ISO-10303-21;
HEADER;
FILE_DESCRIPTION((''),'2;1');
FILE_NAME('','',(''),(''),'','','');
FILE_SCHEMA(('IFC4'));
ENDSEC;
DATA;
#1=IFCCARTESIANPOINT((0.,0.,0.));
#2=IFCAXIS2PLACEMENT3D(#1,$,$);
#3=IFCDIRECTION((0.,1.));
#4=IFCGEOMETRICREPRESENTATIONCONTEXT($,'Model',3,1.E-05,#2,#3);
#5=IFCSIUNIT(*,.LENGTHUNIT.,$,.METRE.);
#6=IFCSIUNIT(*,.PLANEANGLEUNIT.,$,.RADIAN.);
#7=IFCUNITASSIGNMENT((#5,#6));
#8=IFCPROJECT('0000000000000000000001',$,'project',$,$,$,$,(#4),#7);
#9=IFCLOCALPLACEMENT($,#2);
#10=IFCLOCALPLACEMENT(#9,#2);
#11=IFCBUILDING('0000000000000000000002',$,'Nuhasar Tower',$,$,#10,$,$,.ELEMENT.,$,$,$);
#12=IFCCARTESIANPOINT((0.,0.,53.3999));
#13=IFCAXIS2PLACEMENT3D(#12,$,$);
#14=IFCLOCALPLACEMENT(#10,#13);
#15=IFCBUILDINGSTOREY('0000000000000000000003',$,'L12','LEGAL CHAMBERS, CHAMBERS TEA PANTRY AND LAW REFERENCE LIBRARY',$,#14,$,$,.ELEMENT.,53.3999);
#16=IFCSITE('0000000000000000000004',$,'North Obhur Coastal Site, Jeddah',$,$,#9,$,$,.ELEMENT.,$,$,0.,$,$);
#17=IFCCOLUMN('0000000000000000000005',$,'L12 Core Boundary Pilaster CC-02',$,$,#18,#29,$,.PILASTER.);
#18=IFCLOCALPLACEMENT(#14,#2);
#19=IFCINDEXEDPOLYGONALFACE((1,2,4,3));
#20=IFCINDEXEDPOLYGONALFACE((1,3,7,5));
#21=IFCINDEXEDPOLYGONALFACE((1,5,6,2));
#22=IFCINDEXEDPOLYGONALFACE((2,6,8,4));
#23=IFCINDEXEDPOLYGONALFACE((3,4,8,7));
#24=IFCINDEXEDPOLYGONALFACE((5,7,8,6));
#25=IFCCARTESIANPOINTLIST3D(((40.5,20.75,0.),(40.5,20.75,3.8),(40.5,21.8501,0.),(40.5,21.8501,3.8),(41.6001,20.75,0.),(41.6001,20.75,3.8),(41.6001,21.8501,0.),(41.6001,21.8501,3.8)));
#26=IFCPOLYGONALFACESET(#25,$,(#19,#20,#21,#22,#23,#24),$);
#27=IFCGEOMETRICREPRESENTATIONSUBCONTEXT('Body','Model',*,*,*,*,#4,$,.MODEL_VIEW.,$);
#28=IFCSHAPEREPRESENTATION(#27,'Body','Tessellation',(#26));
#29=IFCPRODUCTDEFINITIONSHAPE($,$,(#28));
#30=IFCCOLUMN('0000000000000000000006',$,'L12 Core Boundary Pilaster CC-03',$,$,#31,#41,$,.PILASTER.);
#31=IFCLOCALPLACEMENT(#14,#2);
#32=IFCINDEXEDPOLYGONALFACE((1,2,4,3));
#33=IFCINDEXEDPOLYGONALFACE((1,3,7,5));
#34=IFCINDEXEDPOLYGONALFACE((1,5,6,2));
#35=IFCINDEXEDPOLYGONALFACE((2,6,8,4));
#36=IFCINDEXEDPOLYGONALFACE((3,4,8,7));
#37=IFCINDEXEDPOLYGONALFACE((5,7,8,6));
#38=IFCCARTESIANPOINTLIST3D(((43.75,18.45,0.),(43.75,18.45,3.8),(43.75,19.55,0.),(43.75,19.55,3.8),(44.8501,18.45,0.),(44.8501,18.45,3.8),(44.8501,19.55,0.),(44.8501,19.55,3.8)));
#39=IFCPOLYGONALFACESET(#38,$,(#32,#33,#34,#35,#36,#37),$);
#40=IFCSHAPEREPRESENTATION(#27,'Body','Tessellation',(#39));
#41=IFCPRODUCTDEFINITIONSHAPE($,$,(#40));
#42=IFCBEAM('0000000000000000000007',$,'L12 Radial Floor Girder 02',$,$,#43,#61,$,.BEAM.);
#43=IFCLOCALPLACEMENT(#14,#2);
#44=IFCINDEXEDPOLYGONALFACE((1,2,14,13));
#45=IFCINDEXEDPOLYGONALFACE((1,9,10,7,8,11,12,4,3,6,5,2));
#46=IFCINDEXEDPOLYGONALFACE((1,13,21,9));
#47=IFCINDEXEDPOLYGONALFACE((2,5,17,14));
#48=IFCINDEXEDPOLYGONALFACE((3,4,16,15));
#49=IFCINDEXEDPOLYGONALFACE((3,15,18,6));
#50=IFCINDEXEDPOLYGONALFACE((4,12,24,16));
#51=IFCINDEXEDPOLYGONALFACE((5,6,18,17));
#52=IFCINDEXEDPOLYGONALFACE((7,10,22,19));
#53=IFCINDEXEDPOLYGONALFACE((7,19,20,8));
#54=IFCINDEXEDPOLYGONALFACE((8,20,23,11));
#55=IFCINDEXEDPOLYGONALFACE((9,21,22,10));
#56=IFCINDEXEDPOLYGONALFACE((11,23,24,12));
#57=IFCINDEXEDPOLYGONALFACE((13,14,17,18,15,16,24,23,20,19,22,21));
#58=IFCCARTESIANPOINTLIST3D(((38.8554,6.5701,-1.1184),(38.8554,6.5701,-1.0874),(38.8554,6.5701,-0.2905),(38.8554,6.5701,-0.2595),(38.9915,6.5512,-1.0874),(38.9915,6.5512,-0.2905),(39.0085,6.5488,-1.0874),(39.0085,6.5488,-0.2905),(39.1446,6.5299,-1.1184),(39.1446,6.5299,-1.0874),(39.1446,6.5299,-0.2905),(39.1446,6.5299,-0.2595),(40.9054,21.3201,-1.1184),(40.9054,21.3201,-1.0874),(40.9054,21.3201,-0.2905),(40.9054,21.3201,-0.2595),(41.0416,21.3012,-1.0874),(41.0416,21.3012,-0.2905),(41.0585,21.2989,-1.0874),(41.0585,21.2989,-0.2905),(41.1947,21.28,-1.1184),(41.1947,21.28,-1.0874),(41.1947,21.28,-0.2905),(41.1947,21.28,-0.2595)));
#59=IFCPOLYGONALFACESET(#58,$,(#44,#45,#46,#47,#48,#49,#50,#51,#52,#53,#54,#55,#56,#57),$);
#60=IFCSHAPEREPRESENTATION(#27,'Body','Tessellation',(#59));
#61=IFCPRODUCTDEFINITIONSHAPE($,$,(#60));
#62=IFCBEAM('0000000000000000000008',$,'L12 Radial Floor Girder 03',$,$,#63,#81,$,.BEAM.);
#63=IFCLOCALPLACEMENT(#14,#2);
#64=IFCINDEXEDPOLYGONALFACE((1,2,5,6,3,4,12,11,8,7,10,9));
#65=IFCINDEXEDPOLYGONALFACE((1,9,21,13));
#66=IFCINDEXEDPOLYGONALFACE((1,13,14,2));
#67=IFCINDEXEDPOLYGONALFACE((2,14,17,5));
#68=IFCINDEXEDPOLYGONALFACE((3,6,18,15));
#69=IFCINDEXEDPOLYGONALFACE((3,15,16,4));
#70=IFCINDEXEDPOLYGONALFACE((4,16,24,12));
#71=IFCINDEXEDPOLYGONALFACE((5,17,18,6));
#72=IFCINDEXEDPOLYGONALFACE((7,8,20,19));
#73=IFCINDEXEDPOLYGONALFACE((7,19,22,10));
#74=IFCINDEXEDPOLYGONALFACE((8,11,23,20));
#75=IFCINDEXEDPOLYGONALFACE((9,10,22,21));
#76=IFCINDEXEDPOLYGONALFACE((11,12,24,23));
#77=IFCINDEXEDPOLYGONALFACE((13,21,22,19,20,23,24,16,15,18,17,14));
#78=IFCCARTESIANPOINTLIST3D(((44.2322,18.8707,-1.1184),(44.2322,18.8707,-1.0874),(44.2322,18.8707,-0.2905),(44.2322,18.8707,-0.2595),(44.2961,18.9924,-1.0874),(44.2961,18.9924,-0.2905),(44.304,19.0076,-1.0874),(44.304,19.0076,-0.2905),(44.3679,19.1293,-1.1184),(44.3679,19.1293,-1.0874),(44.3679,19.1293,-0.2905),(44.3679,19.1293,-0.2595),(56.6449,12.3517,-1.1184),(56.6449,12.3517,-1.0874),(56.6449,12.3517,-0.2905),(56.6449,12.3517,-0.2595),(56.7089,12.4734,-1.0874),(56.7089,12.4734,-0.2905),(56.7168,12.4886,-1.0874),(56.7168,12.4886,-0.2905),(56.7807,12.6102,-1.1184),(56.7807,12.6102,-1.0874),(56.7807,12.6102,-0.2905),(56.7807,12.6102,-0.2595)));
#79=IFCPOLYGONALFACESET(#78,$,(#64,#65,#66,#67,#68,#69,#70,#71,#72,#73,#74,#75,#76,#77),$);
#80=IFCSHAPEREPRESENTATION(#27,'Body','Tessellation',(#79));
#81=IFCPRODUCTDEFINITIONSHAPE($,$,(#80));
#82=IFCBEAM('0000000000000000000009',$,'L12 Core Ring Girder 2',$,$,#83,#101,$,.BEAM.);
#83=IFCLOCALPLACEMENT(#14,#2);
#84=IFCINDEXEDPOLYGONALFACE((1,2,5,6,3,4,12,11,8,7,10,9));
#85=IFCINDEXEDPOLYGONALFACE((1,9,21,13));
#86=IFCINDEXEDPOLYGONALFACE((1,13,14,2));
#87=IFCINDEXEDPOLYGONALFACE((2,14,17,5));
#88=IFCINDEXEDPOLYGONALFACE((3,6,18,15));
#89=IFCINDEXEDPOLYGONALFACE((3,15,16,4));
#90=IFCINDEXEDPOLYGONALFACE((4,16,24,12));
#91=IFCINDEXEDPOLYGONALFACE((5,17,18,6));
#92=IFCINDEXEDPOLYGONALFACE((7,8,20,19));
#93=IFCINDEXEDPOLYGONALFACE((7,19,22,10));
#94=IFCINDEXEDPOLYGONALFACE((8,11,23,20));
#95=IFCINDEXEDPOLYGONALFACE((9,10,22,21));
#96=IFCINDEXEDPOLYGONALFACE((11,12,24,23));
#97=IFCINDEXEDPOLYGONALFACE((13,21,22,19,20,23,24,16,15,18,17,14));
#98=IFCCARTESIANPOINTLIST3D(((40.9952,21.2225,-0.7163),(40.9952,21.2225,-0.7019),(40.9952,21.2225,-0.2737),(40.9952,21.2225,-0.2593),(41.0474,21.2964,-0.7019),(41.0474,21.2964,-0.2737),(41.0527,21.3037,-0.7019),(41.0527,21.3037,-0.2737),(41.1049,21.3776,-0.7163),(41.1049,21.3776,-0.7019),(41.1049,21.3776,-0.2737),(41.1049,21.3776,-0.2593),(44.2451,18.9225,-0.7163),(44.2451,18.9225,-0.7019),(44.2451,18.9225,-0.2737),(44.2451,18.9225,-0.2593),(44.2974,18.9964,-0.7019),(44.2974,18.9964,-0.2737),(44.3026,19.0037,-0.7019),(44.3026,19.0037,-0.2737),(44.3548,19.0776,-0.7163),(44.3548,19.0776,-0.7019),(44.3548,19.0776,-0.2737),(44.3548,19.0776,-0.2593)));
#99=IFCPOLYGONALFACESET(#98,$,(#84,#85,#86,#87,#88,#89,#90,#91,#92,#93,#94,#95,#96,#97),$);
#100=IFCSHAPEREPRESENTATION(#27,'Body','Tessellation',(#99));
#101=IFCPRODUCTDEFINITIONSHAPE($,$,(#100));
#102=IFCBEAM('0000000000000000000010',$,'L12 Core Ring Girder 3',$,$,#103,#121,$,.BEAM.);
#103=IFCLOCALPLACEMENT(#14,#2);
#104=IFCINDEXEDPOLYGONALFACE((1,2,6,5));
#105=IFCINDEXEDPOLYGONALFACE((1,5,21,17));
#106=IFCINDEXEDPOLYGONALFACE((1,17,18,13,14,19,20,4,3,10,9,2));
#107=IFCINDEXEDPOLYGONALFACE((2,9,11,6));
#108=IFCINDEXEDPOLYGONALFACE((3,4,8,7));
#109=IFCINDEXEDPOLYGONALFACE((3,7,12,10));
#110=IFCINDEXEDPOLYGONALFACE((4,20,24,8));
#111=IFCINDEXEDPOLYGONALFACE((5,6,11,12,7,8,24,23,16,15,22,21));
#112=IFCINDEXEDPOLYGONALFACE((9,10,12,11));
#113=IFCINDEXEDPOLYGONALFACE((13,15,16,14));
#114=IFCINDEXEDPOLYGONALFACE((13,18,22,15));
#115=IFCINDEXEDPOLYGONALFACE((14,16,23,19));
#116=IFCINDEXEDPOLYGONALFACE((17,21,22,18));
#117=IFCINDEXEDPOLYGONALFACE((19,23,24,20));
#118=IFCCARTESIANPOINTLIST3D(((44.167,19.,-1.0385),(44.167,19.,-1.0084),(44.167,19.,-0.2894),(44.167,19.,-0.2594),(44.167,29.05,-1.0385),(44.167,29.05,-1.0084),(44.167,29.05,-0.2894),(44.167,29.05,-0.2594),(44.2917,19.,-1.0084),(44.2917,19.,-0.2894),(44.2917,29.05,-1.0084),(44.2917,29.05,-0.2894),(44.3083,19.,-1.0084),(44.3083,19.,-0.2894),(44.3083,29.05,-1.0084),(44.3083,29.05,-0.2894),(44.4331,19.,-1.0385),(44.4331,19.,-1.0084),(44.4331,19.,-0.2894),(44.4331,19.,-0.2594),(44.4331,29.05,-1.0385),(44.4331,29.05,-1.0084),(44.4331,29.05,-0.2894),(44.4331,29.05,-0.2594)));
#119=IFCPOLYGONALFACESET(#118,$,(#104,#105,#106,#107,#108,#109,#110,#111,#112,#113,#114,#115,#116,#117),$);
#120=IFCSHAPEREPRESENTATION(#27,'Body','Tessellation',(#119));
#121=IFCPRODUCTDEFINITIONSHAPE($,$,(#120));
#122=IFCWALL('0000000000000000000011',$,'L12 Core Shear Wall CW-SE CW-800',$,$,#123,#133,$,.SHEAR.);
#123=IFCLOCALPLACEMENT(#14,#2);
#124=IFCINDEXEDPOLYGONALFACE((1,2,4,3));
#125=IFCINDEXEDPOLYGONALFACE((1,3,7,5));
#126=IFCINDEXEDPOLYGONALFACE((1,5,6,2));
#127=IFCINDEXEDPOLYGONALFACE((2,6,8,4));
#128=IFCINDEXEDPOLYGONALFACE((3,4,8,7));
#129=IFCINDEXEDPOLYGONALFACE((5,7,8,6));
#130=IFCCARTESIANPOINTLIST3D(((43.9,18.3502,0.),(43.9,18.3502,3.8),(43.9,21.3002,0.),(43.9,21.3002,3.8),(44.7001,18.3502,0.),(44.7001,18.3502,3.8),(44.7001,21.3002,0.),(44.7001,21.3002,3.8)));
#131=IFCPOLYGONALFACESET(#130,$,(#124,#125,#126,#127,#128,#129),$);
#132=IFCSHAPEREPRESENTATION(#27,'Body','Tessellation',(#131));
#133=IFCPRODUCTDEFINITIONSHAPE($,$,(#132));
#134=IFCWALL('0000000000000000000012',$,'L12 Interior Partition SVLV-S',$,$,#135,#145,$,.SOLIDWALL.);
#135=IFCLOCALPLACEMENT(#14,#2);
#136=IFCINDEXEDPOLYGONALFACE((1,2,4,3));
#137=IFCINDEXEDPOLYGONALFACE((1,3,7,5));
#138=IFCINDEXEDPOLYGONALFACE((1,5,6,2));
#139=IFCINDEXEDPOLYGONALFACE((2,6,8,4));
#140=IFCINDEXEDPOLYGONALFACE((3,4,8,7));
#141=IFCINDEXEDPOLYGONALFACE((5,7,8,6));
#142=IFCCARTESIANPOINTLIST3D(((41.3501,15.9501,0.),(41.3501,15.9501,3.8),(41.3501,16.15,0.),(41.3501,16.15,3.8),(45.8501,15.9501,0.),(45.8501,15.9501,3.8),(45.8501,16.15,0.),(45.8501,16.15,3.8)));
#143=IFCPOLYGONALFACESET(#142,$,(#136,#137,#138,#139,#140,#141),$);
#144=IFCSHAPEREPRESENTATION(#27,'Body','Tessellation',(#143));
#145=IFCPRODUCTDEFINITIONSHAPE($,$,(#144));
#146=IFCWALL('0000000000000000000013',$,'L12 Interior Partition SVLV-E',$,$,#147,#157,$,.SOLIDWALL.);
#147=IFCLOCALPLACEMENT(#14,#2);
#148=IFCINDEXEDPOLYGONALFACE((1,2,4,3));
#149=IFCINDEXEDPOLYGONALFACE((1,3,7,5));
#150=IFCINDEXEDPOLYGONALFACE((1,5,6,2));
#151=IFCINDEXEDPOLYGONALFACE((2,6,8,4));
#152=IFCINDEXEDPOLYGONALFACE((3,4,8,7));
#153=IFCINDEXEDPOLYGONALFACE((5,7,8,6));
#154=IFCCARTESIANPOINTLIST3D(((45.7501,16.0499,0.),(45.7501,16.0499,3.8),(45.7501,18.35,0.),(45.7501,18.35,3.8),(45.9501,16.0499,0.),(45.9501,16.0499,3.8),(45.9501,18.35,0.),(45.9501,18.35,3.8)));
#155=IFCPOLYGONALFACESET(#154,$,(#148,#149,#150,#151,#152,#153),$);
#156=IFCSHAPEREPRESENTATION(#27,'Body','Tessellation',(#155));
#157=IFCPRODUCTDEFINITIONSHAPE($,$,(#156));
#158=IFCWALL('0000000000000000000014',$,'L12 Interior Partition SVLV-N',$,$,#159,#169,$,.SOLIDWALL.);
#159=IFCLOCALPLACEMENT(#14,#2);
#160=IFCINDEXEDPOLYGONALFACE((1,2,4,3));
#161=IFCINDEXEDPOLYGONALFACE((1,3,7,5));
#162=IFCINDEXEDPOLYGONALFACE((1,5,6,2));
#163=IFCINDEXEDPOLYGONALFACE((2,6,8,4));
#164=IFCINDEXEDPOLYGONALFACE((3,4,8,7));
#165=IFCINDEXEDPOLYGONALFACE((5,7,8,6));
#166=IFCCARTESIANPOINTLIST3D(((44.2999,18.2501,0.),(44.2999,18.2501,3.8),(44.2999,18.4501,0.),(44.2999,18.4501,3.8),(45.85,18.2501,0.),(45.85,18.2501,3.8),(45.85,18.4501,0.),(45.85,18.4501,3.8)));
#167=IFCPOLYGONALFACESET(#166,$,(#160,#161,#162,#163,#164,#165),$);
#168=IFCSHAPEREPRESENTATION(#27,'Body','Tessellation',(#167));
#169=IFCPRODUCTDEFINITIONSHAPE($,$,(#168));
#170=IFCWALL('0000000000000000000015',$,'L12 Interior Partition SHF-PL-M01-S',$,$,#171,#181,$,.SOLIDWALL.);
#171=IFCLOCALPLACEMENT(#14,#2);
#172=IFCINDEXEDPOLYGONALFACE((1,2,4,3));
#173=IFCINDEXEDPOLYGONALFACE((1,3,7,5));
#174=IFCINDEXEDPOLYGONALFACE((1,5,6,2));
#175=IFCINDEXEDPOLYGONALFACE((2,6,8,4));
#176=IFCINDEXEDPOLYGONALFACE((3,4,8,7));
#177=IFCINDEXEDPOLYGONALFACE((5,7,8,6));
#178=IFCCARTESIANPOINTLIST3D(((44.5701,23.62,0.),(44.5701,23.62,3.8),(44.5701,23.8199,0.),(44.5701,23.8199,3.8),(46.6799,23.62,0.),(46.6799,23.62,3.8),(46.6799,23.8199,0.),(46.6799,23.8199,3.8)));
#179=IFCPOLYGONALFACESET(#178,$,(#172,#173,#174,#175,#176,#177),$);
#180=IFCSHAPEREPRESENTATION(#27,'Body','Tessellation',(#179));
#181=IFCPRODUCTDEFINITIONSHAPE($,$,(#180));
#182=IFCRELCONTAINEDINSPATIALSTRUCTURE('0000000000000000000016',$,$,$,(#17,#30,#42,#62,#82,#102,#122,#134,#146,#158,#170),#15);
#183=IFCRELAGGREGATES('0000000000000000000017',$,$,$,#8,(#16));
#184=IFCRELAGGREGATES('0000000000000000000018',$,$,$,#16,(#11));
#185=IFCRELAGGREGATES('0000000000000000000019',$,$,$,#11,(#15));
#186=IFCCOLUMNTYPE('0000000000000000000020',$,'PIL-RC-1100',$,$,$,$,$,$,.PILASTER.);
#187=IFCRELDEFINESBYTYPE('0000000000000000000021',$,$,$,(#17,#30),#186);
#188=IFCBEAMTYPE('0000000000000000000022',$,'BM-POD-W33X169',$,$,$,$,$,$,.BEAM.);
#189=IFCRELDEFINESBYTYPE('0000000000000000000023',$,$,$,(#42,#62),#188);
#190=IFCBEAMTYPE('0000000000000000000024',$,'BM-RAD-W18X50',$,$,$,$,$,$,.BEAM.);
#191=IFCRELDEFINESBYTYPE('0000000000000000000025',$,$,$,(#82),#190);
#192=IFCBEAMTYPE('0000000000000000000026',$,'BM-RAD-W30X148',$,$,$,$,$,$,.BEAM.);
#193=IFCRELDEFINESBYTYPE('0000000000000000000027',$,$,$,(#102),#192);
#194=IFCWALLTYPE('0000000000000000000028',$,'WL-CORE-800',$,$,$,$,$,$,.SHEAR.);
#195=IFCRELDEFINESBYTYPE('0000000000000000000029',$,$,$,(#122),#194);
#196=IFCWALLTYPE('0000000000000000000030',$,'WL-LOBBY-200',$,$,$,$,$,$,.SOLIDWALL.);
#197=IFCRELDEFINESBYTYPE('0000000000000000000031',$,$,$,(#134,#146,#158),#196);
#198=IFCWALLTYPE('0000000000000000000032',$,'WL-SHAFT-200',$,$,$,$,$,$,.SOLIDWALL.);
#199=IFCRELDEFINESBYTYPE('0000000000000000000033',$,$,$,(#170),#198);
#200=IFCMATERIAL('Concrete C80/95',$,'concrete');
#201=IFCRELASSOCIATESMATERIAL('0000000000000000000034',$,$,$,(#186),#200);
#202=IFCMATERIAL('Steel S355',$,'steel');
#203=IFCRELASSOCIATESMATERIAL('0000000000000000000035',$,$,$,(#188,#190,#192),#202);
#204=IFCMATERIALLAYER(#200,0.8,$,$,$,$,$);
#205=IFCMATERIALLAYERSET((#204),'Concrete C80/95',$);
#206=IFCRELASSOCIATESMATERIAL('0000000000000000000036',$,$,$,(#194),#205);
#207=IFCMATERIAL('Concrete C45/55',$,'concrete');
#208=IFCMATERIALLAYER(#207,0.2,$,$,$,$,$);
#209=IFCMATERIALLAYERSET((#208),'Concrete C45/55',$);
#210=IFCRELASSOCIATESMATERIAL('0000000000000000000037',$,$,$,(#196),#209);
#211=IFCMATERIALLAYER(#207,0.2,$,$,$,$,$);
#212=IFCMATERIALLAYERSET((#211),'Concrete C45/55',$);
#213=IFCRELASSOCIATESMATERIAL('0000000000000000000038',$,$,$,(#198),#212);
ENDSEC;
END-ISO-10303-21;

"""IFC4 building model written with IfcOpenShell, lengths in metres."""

from ifc_helpers import new_model, si_unit, direction, frame, frame_2d, origin, origin_2d, place, context, subcontext, project, spatial, rectangle, i_section, extrude, material, layer, layer_set, material_profile, profile_set, type_object, element, save


model = new_model("IFC4")

# Units and contexts
model_context = context("Model", 3, precision=1e-05, world=origin(), true_north=direction((0.0, 1.0)))
body_context = subcontext(model_context, "Body", "Model", "MODEL_VIEW")
ifc_project = project(units=[si_unit("LENGTHUNIT", "METRE"), si_unit("PLANEANGLEUNIT", "RADIAN")], contexts=[model_context])

# Site, building, storey
site_placement = place(None, origin())
site = spatial("IfcSite", under=ifc_project, at=site_placement, Name="North Obhur Coastal Site, Jeddah", CompositionType="ELEMENT", RefElevation=0.0)
building_placement = place(site_placement, origin())
building = spatial("IfcBuilding", under=site, at=building_placement, Name="Nuhasar Tower", CompositionType="ELEMENT")
storey_placement = place(building_placement, frame((0.0, 0.0, 53.3999)))
storey = spatial("IfcBuildingStorey", under=building, at=storey_placement, Name="L12", Description="LEGAL CHAMBERS, CHAMBERS TEA PANTRY AND LAW REFERENCE LIBRARY", CompositionType="ELEMENT", Elevation=53.3999)

# Columns
ifc_material_1 = material(Name="Concrete C80/95", Category="concrete")
ifc_material_profile_1 = material_profile(ifc_material_1, rectangle(XDim=1.1001, YDim=1.1001, at=origin_2d()), Name="RC1100X1100")
ifc_profile_set_1 = profile_set([ifc_material_profile_1], Name="Concrete C80/95")
column_type = type_object("IfcColumnType", Name="PIL-RC-1100", PredefinedType="PILASTER", material=ifc_profile_set_1)
for number, where, z_axis, x_axis, name in (
    (1, (41.05, 21.3, 0.0), (0.0, 0.0, 1.0), (1.0, 0.0, 0.0), "L12 Core Boundary Pilaster CC-02"),
    (2, (44.3, 19.0, 0.0), (0.0, 0.0, 1.0), (1.0, 0.0, 0.0), "L12 Core Boundary Pilaster CC-03"),
):
    element("IfcColumn", number, at=place(storey_placement, frame(where, z_axis=z_axis, x_axis=x_axis)), inside=storey, type_object=column_type, Name=name, PredefinedType="PILASTER", context=body_context, shape_type="SweptSolid", body=[
        extrude(rectangle(XDim=1.1001, YDim=1.1001, at=origin_2d()), origin(), (0.0, 0.0, 1.0), 3.8),
    ])

# Beams
ifc_material_2 = material(Name="Steel S355", Category="steel")
ifc_material_profile_2 = material_profile(ifc_material_2, i_section(OverallWidth=0.292, OverallDepth=0.8589, WebThickness=0.0171, FlangeThickness=0.031, at=origin_2d()), Name="W33X169")
ifc_profile_set_2 = profile_set([ifc_material_profile_2], Name="Steel S355")
beam_type_1 = type_object("IfcBeamType", Name="BM-POD-W33X169", PredefinedType="BEAM", material=ifc_profile_set_2)
beam_1_placement = place(storey_placement, frame((41.05, 21.3, -0.689), z_axis=(-0.137663, -0.990479, 0.0), x_axis=(0.990479, -0.137663, 0.0)))
element("IfcBeam", 3, at=beam_1_placement, inside=storey, type_object=beam_type_1, Name="L12 Radial Floor Girder 02", PredefinedType="BEAM", context=body_context, shape_type="SweptSolid", body=[
    extrude(i_section(OverallWidth=0.292, OverallDepth=0.8589, WebThickness=0.0171, FlangeThickness=0.031, at=origin_2d()), origin(), (0.0, 0.0, 1.0), 14.8918),
])
beam_2_placement = place(storey_placement, frame((44.3, 19.0, -0.689), z_axis=(0.88533, -0.464963, 0.0), x_axis=(0.464963, 0.88533, 0.0)))
element("IfcBeam", 4, at=beam_2_placement, inside=storey, type_object=beam_type_1, Name="L12 Radial Floor Girder 03", PredefinedType="BEAM", context=body_context, shape_type="SweptSolid", body=[
    extrude(i_section(OverallWidth=0.292, OverallDepth=0.8589, WebThickness=0.0171, FlangeThickness=0.031, at=origin_2d()), origin(), (0.0, 0.0, 1.0), 14.0205),
])
ifc_material_profile_3 = material_profile(ifc_material_2, i_section(OverallWidth=0.1899, OverallDepth=0.457, WebThickness=0.009, FlangeThickness=0.0144, at=origin_2d()), Name="W18X50")
ifc_profile_set_3 = profile_set([ifc_material_profile_3], Name="Steel S355")
beam_type_2 = type_object("IfcBeamType", Name="BM-RAD-W18X50", PredefinedType="BEAM", material=ifc_profile_set_3)
beam_3_placement = place(storey_placement, frame((41.05, 21.3, -0.4878), z_axis=(0.816265, -0.577677, 0.0), x_axis=(0.577677, 0.816265, 0.0)))
element("IfcBeam", 5, at=beam_3_placement, inside=storey, type_object=beam_type_2, Name="L12 Core Ring Girder 2", PredefinedType="BEAM", context=body_context, shape_type="SweptSolid", body=[
    extrude(i_section(OverallWidth=0.1899, OverallDepth=0.457, WebThickness=0.009, FlangeThickness=0.0144, at=origin_2d()), origin(), (0.0, 0.0, 1.0), 3.9814),
])
ifc_material_profile_4 = material_profile(ifc_material_2, i_section(OverallWidth=0.2661, OverallDepth=0.7791, WebThickness=0.0166, FlangeThickness=0.03, at=origin_2d()), Name="W30X148")
ifc_profile_set_4 = profile_set([ifc_material_profile_4], Name="Steel S355")
beam_type_3 = type_object("IfcBeamType", Name="BM-RAD-W30X148", PredefinedType="BEAM", material=ifc_profile_set_4)
beam_4_placement = place(storey_placement, frame((44.3, 19.0, -0.6489), z_axis=(0.0, 1.0, 0.0), x_axis=(-1.0, 0.0, 0.0)))
element("IfcBeam", 6, at=beam_4_placement, inside=storey, type_object=beam_type_3, Name="L12 Core Ring Girder 3", PredefinedType="BEAM", context=body_context, shape_type="SweptSolid", body=[
    extrude(i_section(OverallWidth=0.2661, OverallDepth=0.7791, WebThickness=0.0166, FlangeThickness=0.03, at=origin_2d()), origin(), (0.0, 0.0, 1.0), 10.05),
])

# Wall
ifc_layer_1 = layer(ifc_material_1, 0.8)
ifc_layer_set_1 = layer_set([ifc_layer_1], Name="Concrete C80/95")
wall_type_1 = type_object("IfcWallType", Name="WL-CORE-800", PredefinedType="SHEAR", material=ifc_layer_set_1)
wall_1_placement = place(storey_placement, frame((44.3, 18.3501, 0.0), z_axis=(0.0, 0.0, 1.0), x_axis=(0.0, 1.0, 0.0)))
element("IfcWall", 7, at=wall_1_placement, inside=storey, type_object=wall_type_1, Name="L12 Core Shear Wall CW-SE CW-800", PredefinedType="SHEAR", context=body_context, shape_type="SweptSolid", body=[
    extrude(rectangle(XDim=2.95, YDim=0.8, at=frame_2d((1.4751, 0.0))), origin(), (0.0, 0.0, 1.0), 3.8),
])

# Shared definitions
ifc_material_3 = material(Name="Concrete C45/55", Category="concrete")
ifc_layer_2 = layer(ifc_material_3, 0.2)
ifc_layer_set_2 = layer_set([ifc_layer_2], Name="Concrete C45/55")
wall_type_2 = type_object("IfcWallType", Name="WL-LOBBY-200", PredefinedType="SOLIDWALL", material=ifc_layer_set_2)

# Walls
wall_2_placement = place(storey_placement, frame((41.3501, 16.05, 0.0), z_axis=(0.0, 0.0, 1.0), x_axis=(1.0, 0.0, 0.0)))
element("IfcWall", 8, at=wall_2_placement, inside=storey, type_object=wall_type_2, Name="L12 Interior Partition SVLV-S", PredefinedType="SOLIDWALL", context=body_context, shape_type="SweptSolid", body=[
    extrude(rectangle(XDim=4.5, YDim=0.2, at=frame_2d((2.25, 0.0))), origin(), (0.0, 0.0, 1.0), 3.8),
])
wall_3_placement = place(storey_placement, frame((45.8501, 16.05, 0.0), z_axis=(0.0, 0.0, 1.0), x_axis=(0.0, 1.0, 0.0)))
element("IfcWall", 9, at=wall_3_placement, inside=storey, type_object=wall_type_2, Name="L12 Interior Partition SVLV-E", PredefinedType="SOLIDWALL", context=body_context, shape_type="SweptSolid", body=[
    extrude(rectangle(XDim=2.3, YDim=0.2, at=frame_2d((1.1499, 0.0))), origin(), (0.0, 0.0, 1.0), 3.8),
])
wall_4_placement = place(storey_placement, frame((44.3, 18.3501, 0.0), z_axis=(0.0, 0.0, 1.0), x_axis=(1.0, 0.0, 0.0)))
element("IfcWall", 10, at=wall_4_placement, inside=storey, type_object=wall_type_2, Name="L12 Interior Partition SVLV-N", PredefinedType="SOLIDWALL", context=body_context, shape_type="SweptSolid", body=[
    extrude(rectangle(XDim=1.55, YDim=0.2, at=frame_2d((0.7749, 0.0))), origin(), (0.0, 0.0, 1.0), 3.8),
])
ifc_layer_3 = layer(ifc_material_3, 0.2)
ifc_layer_set_3 = layer_set([ifc_layer_3], Name="Concrete C45/55")
wall_type_3 = type_object("IfcWallType", Name="WL-SHAFT-200", PredefinedType="SOLIDWALL", material=ifc_layer_set_3)
for number, where, z_axis, x_axis, name in (
    (11, (44.5701, 23.72, 0.0), (0.0, 0.0, 1.0), (1.0, 0.0, 0.0), "L12 Interior Partition SHF-PL-M01-S"),
):
    element("IfcWall", number, at=place(storey_placement, frame(where, z_axis=z_axis, x_axis=x_axis)), inside=storey, type_object=wall_type_3, Name=name, PredefinedType="SOLIDWALL", context=body_context, shape_type="SweptSolid", body=[
        extrude(rectangle(XDim=2.1099, YDim=0.2, at=frame_2d((1.0549, 0.0))), origin(), (0.0, 0.0, 1.0), 3.8),
    ])

save(model, "model.ifc")
